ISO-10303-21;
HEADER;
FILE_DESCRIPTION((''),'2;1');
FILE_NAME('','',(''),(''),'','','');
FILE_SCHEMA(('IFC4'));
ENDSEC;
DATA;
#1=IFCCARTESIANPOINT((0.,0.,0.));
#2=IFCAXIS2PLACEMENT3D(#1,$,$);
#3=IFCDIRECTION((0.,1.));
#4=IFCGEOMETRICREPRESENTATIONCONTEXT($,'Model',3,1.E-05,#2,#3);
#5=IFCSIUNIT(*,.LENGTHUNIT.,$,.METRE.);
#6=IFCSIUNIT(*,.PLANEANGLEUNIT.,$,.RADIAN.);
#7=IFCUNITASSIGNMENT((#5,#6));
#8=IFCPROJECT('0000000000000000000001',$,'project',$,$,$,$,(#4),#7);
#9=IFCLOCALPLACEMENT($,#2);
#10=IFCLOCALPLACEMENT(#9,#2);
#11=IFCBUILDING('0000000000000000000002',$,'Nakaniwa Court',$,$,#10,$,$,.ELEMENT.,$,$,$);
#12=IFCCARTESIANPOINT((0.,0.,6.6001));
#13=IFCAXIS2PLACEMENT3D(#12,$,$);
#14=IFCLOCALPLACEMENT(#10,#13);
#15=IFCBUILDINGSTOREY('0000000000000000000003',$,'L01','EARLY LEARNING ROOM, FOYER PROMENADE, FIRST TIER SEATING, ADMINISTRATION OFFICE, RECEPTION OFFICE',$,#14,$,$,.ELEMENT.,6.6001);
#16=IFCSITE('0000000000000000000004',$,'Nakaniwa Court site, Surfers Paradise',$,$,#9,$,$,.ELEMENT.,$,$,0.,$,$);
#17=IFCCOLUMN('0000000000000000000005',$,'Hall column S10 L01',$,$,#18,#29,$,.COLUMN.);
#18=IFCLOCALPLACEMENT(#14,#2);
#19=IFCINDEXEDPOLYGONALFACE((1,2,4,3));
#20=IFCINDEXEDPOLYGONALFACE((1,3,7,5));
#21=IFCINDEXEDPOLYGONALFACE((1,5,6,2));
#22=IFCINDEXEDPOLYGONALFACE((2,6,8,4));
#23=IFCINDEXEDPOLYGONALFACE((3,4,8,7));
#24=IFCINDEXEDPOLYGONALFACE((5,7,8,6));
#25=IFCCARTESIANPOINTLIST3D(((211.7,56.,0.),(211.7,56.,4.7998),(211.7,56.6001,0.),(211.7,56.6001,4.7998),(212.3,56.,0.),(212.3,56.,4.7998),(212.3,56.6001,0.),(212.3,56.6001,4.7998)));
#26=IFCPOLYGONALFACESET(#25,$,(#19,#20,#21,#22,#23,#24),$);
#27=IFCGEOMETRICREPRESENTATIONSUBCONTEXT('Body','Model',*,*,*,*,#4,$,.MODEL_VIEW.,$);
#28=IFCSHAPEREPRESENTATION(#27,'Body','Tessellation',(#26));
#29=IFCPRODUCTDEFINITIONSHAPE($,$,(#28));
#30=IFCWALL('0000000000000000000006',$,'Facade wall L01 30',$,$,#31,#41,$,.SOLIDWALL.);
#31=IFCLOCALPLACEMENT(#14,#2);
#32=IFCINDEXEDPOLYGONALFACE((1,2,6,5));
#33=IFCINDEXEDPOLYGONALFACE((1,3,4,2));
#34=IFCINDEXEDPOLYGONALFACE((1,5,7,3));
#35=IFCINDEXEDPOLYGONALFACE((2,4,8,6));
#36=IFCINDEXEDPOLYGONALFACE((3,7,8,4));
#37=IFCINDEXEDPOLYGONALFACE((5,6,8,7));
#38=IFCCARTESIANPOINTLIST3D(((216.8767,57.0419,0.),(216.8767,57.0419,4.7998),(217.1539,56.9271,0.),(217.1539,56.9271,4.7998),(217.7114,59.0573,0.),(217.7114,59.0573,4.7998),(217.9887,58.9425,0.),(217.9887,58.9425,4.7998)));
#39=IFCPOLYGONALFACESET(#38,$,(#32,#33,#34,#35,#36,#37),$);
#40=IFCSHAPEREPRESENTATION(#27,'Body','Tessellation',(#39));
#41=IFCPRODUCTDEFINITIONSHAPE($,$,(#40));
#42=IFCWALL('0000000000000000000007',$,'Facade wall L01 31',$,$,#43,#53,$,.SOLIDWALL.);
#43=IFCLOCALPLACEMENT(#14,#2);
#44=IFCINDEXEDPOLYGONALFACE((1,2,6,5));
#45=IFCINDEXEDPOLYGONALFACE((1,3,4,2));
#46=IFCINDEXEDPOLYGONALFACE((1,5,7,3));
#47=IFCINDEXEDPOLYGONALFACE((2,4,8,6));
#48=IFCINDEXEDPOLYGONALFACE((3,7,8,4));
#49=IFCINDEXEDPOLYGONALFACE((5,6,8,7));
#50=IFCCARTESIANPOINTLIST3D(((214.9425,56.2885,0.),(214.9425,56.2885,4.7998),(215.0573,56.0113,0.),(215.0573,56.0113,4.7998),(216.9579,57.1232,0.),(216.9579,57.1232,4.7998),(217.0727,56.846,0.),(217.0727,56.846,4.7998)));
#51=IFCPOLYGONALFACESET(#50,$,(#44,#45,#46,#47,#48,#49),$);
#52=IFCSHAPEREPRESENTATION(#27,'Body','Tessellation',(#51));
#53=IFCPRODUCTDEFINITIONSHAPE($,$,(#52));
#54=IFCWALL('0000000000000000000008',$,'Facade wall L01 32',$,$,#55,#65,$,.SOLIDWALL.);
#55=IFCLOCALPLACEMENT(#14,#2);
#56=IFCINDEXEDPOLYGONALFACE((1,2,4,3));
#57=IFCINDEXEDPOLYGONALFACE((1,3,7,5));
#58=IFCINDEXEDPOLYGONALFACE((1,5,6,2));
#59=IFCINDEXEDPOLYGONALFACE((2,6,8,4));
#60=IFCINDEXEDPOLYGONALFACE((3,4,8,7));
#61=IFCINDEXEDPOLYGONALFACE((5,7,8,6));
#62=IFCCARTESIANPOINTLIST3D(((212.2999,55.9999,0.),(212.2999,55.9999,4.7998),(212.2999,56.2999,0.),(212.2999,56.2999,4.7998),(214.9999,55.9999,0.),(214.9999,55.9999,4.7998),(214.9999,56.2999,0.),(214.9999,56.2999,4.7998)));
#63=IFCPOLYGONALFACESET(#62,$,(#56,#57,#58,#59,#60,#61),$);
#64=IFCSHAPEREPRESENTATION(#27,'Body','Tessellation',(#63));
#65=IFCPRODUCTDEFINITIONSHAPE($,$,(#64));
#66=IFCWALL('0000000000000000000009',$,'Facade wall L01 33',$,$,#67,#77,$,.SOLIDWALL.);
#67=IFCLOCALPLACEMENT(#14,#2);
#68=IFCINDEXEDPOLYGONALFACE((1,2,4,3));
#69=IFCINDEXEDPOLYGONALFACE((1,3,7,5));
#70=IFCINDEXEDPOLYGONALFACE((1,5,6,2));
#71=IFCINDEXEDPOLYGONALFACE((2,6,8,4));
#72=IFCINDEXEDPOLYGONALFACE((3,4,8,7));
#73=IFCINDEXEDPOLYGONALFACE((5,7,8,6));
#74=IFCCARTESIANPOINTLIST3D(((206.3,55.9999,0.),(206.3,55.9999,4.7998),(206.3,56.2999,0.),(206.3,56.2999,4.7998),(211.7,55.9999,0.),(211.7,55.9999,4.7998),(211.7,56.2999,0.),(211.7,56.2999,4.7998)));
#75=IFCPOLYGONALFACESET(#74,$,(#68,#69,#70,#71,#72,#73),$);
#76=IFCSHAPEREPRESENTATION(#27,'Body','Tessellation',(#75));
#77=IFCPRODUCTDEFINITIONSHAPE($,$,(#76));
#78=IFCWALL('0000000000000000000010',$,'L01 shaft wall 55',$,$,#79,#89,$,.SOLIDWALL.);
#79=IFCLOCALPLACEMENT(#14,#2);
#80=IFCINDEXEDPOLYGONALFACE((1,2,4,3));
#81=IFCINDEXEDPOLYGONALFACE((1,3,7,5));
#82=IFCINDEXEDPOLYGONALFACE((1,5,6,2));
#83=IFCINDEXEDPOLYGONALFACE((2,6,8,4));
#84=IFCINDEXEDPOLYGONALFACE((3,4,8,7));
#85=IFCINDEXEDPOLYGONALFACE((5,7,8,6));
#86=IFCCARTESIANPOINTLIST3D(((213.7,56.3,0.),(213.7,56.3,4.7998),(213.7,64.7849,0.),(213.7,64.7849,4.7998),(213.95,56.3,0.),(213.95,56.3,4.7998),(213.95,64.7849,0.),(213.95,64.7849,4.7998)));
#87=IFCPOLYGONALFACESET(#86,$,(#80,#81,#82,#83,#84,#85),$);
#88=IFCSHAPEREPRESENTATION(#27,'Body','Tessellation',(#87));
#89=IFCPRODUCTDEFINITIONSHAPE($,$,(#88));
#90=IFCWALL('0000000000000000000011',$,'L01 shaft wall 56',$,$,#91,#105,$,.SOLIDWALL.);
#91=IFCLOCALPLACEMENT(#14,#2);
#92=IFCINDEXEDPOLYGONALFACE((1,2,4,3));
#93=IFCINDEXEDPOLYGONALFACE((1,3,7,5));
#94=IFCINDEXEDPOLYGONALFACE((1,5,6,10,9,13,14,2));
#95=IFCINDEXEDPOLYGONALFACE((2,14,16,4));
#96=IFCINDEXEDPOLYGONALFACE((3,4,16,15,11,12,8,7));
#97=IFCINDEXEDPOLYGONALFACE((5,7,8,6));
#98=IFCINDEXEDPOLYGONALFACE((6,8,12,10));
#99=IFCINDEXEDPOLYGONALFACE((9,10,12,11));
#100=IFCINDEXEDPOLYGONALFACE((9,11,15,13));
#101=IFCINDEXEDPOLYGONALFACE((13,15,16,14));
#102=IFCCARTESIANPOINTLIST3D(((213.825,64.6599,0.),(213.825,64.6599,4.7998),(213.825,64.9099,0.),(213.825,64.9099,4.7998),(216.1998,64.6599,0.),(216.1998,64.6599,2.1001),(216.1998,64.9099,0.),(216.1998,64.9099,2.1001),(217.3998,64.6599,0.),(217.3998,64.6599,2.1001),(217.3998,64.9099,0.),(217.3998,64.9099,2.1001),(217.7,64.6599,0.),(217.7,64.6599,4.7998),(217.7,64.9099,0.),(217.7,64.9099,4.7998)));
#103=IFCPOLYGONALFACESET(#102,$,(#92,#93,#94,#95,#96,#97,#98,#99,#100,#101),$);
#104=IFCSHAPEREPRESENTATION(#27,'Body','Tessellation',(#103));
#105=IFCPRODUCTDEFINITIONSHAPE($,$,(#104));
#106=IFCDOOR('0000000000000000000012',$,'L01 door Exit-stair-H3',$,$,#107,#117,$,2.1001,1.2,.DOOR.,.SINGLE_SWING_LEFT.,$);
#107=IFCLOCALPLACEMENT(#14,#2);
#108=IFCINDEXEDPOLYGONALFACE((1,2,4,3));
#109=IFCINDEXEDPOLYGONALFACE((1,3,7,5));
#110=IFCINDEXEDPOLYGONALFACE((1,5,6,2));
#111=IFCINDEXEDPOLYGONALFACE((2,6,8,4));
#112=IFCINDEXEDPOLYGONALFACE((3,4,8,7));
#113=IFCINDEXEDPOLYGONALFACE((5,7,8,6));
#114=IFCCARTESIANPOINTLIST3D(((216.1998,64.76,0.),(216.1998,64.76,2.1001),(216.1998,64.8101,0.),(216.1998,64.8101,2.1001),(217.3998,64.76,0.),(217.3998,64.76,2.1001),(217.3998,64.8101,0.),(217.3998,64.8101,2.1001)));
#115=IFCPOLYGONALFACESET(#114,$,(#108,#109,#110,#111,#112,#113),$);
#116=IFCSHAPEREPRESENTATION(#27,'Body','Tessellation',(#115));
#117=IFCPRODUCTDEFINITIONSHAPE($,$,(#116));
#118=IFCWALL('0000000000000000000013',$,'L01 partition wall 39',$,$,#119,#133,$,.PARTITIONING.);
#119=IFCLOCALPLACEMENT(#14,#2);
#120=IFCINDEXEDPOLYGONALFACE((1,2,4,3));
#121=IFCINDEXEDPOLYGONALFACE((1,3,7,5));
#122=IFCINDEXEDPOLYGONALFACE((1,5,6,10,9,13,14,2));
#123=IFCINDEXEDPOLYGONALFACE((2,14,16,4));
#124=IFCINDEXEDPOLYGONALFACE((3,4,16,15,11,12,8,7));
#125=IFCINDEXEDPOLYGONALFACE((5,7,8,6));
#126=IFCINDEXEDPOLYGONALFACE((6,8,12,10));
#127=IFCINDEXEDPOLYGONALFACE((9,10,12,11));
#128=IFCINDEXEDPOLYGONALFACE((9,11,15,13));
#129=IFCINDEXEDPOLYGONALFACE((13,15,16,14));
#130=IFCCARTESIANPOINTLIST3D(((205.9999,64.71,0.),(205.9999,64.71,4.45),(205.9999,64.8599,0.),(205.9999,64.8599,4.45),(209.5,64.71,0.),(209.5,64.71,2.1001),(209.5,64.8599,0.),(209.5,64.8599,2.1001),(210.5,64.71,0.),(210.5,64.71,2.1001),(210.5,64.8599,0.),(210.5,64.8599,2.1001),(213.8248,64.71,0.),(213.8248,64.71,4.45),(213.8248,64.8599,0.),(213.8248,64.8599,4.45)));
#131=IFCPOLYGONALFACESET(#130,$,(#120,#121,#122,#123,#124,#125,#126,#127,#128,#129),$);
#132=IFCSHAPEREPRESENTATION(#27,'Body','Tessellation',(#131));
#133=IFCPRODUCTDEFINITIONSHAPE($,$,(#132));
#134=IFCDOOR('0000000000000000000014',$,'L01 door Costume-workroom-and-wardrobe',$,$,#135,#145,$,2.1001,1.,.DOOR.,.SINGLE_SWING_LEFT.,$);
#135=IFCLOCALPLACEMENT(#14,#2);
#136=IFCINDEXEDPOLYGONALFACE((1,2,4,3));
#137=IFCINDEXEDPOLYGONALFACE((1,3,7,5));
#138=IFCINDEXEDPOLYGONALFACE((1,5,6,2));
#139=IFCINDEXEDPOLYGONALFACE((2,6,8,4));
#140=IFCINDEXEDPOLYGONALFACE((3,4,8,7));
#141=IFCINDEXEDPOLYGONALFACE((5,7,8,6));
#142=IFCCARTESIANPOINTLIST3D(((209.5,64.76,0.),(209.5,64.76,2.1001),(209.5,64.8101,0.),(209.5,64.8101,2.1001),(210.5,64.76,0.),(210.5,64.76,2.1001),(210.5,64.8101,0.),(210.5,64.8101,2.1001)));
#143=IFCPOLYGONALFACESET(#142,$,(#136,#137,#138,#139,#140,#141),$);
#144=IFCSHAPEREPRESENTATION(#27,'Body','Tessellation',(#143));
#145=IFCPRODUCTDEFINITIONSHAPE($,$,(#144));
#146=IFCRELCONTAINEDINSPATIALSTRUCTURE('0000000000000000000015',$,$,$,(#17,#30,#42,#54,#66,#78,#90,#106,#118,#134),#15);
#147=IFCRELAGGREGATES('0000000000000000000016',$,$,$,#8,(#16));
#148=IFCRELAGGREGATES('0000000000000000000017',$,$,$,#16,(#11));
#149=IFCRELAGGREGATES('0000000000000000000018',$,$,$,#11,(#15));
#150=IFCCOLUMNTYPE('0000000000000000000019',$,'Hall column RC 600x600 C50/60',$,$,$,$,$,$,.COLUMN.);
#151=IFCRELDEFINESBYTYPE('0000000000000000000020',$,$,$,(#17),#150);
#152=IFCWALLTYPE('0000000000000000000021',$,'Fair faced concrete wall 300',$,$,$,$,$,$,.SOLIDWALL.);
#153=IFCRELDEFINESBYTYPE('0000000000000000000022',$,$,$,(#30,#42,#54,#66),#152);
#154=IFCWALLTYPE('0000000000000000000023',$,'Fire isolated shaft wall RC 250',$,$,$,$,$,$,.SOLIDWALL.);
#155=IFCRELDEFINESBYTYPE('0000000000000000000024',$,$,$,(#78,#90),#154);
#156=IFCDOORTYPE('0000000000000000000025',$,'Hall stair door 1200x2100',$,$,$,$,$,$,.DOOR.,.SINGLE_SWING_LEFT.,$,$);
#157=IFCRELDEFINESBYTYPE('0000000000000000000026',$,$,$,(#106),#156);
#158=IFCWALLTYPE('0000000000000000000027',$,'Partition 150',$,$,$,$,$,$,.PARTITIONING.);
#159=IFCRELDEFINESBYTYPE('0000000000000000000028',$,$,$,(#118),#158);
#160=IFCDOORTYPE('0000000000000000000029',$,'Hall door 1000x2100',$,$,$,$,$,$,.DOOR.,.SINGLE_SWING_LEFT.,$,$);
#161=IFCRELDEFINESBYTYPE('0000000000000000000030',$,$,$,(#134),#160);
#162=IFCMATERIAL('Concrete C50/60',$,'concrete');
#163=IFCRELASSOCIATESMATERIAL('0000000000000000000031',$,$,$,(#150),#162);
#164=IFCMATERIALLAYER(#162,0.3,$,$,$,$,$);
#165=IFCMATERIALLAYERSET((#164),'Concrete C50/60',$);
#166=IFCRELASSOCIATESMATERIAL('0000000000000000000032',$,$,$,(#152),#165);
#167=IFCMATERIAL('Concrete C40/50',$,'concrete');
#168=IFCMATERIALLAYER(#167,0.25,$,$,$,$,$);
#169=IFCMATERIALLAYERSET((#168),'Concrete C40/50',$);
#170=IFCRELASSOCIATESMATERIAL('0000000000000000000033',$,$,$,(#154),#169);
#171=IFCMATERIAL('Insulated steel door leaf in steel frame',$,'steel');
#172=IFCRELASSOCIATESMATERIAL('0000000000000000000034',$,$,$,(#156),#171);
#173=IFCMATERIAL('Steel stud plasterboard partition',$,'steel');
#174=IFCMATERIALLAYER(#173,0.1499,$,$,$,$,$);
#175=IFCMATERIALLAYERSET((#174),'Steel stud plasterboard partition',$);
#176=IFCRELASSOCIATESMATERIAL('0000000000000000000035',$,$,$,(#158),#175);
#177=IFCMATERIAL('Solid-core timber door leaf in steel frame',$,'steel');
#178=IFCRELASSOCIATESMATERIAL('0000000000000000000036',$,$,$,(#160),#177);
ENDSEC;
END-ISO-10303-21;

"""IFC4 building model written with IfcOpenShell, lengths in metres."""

from ifc_helpers import new_model, si_unit, direction, frame, frame_2d, origin, origin_2d, place, context, subcontext, project, spatial, rectangle, extrude, material, layer, layer_set, material_profile, profile_set, type_object, element, fill, save


model = new_model("IFC4")

# Units and contexts
model_context = context("Model", 3, precision=1e-05, world=origin(), true_north=direction((0.0, 1.0)))
body_context = subcontext(model_context, "Body", "Model", "MODEL_VIEW")
ifc_project = project(units=[si_unit("LENGTHUNIT", "METRE"), si_unit("PLANEANGLEUNIT", "RADIAN")], contexts=[model_context])

# Site, building, storey
site_placement = place(None, origin())
site = spatial("IfcSite", under=ifc_project, at=site_placement, Name="Nakaniwa Court site, Surfers Paradise", CompositionType="ELEMENT", RefElevation=0.0)
building_placement = place(site_placement, origin())
building = spatial("IfcBuilding", under=site, at=building_placement, Name="Nakaniwa Court", CompositionType="ELEMENT")
storey_placement = place(building_placement, frame((0.0, 0.0, 6.6001)))
storey = spatial("IfcBuildingStorey", under=building, at=storey_placement, Name="L01", Description="EARLY LEARNING ROOM, FOYER PROMENADE, FIRST TIER SEATING, ADMINISTRATION OFFICE, RECEPTION OFFICE", CompositionType="ELEMENT", Elevation=6.6001)

# Column
ifc_material_1 = material(Name="Concrete C50/60", Category="concrete")
ifc_material_profile = material_profile(ifc_material_1, rectangle(XDim=0.6001, YDim=0.6001, at=origin_2d()), Name="RC 600x600")
ifc_profile_set = profile_set([ifc_material_profile], Name="Concrete C50/60")
column_type = type_object("IfcColumnType", Name="Hall column RC 600x600 C50/60", PredefinedType="COLUMN", material=ifc_profile_set)
column_placement = place(storey_placement, frame((212.0, 56.3, 0.0), z_axis=(0.0, 0.0, 1.0), x_axis=(1.0, 0.0, 0.0)))
element("IfcColumn", 1, at=column_placement, inside=storey, type_object=column_type, Name="Hall column S10 L01", PredefinedType="COLUMN", context=body_context, shape_type="SweptSolid", body=[
    extrude(rectangle(XDim=0.6001, YDim=0.6001, at=origin_2d()), origin(), (0.0, 0.0, 1.0), 4.7998),
])

# Walls
ifc_layer_1 = layer(ifc_material_1, 0.3)
ifc_layer_set_1 = layer_set([ifc_layer_1], Name="Concrete C50/60")
wall_type_1 = type_object("IfcWallType", Name="Fair faced concrete wall 300", PredefinedType="SOLIDWALL", material=ifc_layer_set_1)
for number, where, z_axis, x_axis, name in (
    (2, (217.8501, 59.0, 0.0), (0.0, 0.0, 1.0), (-0.382652, -0.923893, 0.0), "Facade wall L01 30"),
    (3, (217.0154, 56.9846, 0.0), (0.0, 0.0, 1.0), (-0.923893, -0.382652, 0.0), "Facade wall L01 31"),
):
    element("IfcWall", number, at=place(storey_placement, frame(where, z_axis=z_axis, x_axis=x_axis)), inside=storey, type_object=wall_type_1, Name=name, PredefinedType="SOLIDWALL", context=body_context, shape_type="SweptSolid", body=[
        extrude(rectangle(XDim=2.1814, YDim=0.3, at=frame_2d((1.0908, 0.0))), origin(), (0.0, 0.0, 1.0), 4.7998),
    ])
wall_1_placement = place(storey_placement, frame((215.0, 56.1499, 0.0), z_axis=(0.0, 0.0, 1.0), x_axis=(-1.0, 0.0, 0.0)))
element("IfcWall", 4, at=wall_1_placement, inside=storey, type_object=wall_type_1, Name="Facade wall L01 32", PredefinedType="SOLIDWALL", context=body_context, shape_type="SweptSolid", body=[
    extrude(rectangle(XDim=2.7, YDim=0.3, at=frame_2d((1.3501, 0.0))), origin(), (0.0, 0.0, 1.0), 4.7998),
])
wall_2_placement = place(storey_placement, frame((211.7, 56.1499, 0.0), z_axis=(0.0, 0.0, 1.0), x_axis=(-1.0, 0.0, 0.0)))
element("IfcWall", 5, at=wall_2_placement, inside=storey, type_object=wall_type_1, Name="Facade wall L01 33", PredefinedType="SOLIDWALL", context=body_context, shape_type="SweptSolid", body=[
    extrude(rectangle(XDim=5.3999, YDim=0.3, at=frame_2d((2.7, 0.0))), origin(), (0.0, 0.0, 1.0), 4.7998),
])
ifc_material_2 = material(Name="Concrete C40/50", Category="concrete")
ifc_layer_2 = layer(ifc_material_2, 0.25)
ifc_layer_set_2 = layer_set([ifc_layer_2], Name="Concrete C40/50")
wall_type_2 = type_object("IfcWallType", Name="Fire isolated shaft wall RC 250", PredefinedType="SOLIDWALL", material=ifc_layer_set_2)
wall_3_placement = place(storey_placement, frame((213.825, 56.3, 0.0), z_axis=(0.0, 0.0, 1.0), x_axis=(0.0, 1.0, 0.0)))
element("IfcWall", 6, at=wall_3_placement, inside=storey, type_object=wall_type_2, Name="L01 shaft wall 55", PredefinedType="SOLIDWALL", context=body_context, shape_type="SweptSolid", body=[
    extrude(rectangle(XDim=8.4849, YDim=0.25, at=frame_2d((4.2424, 0.0))), origin(), (0.0, 0.0, 1.0), 4.7998),
])

# Walls, openings, doors
wall_4_placement = place(storey_placement, frame((217.7, 64.7849, 0.0), z_axis=(0.0, 0.0, 1.0), x_axis=(-1.0, 0.0, 0.0)))
wall_4 = element("IfcWall", 7, at=wall_4_placement, inside=storey, type_object=wall_type_2, Name="L01 shaft wall 56", PredefinedType="SOLIDWALL", context=body_context, shape_type="SweptSolid", body=[
    extrude(rectangle(XDim=3.875, YDim=0.25, at=frame_2d((1.9375, 0.0))), origin(), (0.0, 0.0, 1.0), 4.7998),
])
opening_1_placement = place(wall_4_placement, frame((0.3, 0.0, 0.0)))
opening_1 = element("IfcOpeningElement", 8, at=opening_1_placement, cuts=wall_4, PredefinedType="OPENING", context=body_context, shape_type="SweptSolid", body=[
    extrude(rectangle(XDim=1.2, YDim=2.1001, at=frame_2d((0.6001, 1.05))), frame((0.0, 0.135, 0.0), z_axis=(0.0, -1.0, 0.0), x_axis=(1.0, 0.0, 0.0)), (0.0, 0.0, 1.0), 0.27),
])
ifc_material_3 = material(Name="Insulated steel door leaf in steel frame", Category="steel")
door_type_1 = type_object("IfcDoorType", Name="Hall stair door 1200x2100", OperationType="SINGLE_SWING_LEFT", PredefinedType="DOOR", material=ifc_material_3)
door_1_placement = place(opening_1_placement, origin())
door_1 = element("IfcDoor", 9, at=door_1_placement, inside=storey, type_object=door_type_1, Name="L01 door Exit-stair-H3", OperationType="SINGLE_SWING_LEFT", OverallHeight=2.1001, OverallWidth=1.2, PredefinedType="DOOR", context=body_context, shape_type="SweptSolid", body=[
    extrude(rectangle(XDim=1.2, YDim=2.1001, at=frame_2d((0.6001, 1.05))), frame((0.0, 0.0249, 0.0), z_axis=(0.0, -1.0, 0.0), x_axis=(1.0, 0.0, 0.0)), (0.0, 0.0, 1.0), 0.05),
])
fill(opening_1, door_1)
ifc_material_4 = material(Name="Steel stud plasterboard partition", Category="steel")
ifc_layer_3 = layer(ifc_material_4, 0.1499)
ifc_layer_set_3 = layer_set([ifc_layer_3], Name="Steel stud plasterboard partition")
wall_type_3 = type_object("IfcWallType", Name="Partition 150", PredefinedType="PARTITIONING", material=ifc_layer_set_3)
wall_5_placement = place(storey_placement, frame((213.825, 64.7849, 0.0), z_axis=(0.0, 0.0, 1.0), x_axis=(-1.0, 0.0, 0.0)))
wall_5 = element("IfcWall", 10, at=wall_5_placement, inside=storey, type_object=wall_type_3, Name="L01 partition wall 39", PredefinedType="PARTITIONING", context=body_context, shape_type="SweptSolid", body=[
    extrude(rectangle(XDim=7.825, YDim=0.1499, at=frame_2d((3.9126, 0.0))), origin(), (0.0, 0.0, 1.0), 4.45),
])
opening_2_placement = place(wall_5_placement, frame((3.325, 0.0, 0.0)))
opening_2 = element("IfcOpeningElement", 11, at=opening_2_placement, cuts=wall_5, PredefinedType="OPENING", context=body_context, shape_type="SweptSolid", body=[
    extrude(rectangle(XDim=1.0, YDim=2.1001, at=frame_2d((0.5, 1.05))), frame((0.0, 0.085, 0.0), z_axis=(0.0, -1.0, 0.0), x_axis=(1.0, 0.0, 0.0)), (0.0, 0.0, 1.0), 0.1699),
])
ifc_material_5 = material(Name="Solid-core timber door leaf in steel frame", Category="steel")
door_type_2 = type_object("IfcDoorType", Name="Hall door 1000x2100", OperationType="SINGLE_SWING_LEFT", PredefinedType="DOOR", material=ifc_material_5)
door_2_placement = place(opening_2_placement, origin())
door_2 = element("IfcDoor", 12, at=door_2_placement, inside=storey, type_object=door_type_2, Name="L01 door Costume-workroom-and-wardrobe", OperationType="SINGLE_SWING_LEFT", OverallHeight=2.1001, OverallWidth=1.0, PredefinedType="DOOR", context=body_context, shape_type="SweptSolid", body=[
    extrude(rectangle(XDim=1.0, YDim=2.1001, at=frame_2d((0.5, 1.05))), frame((0.0, 0.0249, 0.0), z_axis=(0.0, -1.0, 0.0), x_axis=(1.0, 0.0, 0.0)), (0.0, 0.0, 1.0), 0.05),
])
fill(opening_2, door_2)

save(model, "model.ifc")
